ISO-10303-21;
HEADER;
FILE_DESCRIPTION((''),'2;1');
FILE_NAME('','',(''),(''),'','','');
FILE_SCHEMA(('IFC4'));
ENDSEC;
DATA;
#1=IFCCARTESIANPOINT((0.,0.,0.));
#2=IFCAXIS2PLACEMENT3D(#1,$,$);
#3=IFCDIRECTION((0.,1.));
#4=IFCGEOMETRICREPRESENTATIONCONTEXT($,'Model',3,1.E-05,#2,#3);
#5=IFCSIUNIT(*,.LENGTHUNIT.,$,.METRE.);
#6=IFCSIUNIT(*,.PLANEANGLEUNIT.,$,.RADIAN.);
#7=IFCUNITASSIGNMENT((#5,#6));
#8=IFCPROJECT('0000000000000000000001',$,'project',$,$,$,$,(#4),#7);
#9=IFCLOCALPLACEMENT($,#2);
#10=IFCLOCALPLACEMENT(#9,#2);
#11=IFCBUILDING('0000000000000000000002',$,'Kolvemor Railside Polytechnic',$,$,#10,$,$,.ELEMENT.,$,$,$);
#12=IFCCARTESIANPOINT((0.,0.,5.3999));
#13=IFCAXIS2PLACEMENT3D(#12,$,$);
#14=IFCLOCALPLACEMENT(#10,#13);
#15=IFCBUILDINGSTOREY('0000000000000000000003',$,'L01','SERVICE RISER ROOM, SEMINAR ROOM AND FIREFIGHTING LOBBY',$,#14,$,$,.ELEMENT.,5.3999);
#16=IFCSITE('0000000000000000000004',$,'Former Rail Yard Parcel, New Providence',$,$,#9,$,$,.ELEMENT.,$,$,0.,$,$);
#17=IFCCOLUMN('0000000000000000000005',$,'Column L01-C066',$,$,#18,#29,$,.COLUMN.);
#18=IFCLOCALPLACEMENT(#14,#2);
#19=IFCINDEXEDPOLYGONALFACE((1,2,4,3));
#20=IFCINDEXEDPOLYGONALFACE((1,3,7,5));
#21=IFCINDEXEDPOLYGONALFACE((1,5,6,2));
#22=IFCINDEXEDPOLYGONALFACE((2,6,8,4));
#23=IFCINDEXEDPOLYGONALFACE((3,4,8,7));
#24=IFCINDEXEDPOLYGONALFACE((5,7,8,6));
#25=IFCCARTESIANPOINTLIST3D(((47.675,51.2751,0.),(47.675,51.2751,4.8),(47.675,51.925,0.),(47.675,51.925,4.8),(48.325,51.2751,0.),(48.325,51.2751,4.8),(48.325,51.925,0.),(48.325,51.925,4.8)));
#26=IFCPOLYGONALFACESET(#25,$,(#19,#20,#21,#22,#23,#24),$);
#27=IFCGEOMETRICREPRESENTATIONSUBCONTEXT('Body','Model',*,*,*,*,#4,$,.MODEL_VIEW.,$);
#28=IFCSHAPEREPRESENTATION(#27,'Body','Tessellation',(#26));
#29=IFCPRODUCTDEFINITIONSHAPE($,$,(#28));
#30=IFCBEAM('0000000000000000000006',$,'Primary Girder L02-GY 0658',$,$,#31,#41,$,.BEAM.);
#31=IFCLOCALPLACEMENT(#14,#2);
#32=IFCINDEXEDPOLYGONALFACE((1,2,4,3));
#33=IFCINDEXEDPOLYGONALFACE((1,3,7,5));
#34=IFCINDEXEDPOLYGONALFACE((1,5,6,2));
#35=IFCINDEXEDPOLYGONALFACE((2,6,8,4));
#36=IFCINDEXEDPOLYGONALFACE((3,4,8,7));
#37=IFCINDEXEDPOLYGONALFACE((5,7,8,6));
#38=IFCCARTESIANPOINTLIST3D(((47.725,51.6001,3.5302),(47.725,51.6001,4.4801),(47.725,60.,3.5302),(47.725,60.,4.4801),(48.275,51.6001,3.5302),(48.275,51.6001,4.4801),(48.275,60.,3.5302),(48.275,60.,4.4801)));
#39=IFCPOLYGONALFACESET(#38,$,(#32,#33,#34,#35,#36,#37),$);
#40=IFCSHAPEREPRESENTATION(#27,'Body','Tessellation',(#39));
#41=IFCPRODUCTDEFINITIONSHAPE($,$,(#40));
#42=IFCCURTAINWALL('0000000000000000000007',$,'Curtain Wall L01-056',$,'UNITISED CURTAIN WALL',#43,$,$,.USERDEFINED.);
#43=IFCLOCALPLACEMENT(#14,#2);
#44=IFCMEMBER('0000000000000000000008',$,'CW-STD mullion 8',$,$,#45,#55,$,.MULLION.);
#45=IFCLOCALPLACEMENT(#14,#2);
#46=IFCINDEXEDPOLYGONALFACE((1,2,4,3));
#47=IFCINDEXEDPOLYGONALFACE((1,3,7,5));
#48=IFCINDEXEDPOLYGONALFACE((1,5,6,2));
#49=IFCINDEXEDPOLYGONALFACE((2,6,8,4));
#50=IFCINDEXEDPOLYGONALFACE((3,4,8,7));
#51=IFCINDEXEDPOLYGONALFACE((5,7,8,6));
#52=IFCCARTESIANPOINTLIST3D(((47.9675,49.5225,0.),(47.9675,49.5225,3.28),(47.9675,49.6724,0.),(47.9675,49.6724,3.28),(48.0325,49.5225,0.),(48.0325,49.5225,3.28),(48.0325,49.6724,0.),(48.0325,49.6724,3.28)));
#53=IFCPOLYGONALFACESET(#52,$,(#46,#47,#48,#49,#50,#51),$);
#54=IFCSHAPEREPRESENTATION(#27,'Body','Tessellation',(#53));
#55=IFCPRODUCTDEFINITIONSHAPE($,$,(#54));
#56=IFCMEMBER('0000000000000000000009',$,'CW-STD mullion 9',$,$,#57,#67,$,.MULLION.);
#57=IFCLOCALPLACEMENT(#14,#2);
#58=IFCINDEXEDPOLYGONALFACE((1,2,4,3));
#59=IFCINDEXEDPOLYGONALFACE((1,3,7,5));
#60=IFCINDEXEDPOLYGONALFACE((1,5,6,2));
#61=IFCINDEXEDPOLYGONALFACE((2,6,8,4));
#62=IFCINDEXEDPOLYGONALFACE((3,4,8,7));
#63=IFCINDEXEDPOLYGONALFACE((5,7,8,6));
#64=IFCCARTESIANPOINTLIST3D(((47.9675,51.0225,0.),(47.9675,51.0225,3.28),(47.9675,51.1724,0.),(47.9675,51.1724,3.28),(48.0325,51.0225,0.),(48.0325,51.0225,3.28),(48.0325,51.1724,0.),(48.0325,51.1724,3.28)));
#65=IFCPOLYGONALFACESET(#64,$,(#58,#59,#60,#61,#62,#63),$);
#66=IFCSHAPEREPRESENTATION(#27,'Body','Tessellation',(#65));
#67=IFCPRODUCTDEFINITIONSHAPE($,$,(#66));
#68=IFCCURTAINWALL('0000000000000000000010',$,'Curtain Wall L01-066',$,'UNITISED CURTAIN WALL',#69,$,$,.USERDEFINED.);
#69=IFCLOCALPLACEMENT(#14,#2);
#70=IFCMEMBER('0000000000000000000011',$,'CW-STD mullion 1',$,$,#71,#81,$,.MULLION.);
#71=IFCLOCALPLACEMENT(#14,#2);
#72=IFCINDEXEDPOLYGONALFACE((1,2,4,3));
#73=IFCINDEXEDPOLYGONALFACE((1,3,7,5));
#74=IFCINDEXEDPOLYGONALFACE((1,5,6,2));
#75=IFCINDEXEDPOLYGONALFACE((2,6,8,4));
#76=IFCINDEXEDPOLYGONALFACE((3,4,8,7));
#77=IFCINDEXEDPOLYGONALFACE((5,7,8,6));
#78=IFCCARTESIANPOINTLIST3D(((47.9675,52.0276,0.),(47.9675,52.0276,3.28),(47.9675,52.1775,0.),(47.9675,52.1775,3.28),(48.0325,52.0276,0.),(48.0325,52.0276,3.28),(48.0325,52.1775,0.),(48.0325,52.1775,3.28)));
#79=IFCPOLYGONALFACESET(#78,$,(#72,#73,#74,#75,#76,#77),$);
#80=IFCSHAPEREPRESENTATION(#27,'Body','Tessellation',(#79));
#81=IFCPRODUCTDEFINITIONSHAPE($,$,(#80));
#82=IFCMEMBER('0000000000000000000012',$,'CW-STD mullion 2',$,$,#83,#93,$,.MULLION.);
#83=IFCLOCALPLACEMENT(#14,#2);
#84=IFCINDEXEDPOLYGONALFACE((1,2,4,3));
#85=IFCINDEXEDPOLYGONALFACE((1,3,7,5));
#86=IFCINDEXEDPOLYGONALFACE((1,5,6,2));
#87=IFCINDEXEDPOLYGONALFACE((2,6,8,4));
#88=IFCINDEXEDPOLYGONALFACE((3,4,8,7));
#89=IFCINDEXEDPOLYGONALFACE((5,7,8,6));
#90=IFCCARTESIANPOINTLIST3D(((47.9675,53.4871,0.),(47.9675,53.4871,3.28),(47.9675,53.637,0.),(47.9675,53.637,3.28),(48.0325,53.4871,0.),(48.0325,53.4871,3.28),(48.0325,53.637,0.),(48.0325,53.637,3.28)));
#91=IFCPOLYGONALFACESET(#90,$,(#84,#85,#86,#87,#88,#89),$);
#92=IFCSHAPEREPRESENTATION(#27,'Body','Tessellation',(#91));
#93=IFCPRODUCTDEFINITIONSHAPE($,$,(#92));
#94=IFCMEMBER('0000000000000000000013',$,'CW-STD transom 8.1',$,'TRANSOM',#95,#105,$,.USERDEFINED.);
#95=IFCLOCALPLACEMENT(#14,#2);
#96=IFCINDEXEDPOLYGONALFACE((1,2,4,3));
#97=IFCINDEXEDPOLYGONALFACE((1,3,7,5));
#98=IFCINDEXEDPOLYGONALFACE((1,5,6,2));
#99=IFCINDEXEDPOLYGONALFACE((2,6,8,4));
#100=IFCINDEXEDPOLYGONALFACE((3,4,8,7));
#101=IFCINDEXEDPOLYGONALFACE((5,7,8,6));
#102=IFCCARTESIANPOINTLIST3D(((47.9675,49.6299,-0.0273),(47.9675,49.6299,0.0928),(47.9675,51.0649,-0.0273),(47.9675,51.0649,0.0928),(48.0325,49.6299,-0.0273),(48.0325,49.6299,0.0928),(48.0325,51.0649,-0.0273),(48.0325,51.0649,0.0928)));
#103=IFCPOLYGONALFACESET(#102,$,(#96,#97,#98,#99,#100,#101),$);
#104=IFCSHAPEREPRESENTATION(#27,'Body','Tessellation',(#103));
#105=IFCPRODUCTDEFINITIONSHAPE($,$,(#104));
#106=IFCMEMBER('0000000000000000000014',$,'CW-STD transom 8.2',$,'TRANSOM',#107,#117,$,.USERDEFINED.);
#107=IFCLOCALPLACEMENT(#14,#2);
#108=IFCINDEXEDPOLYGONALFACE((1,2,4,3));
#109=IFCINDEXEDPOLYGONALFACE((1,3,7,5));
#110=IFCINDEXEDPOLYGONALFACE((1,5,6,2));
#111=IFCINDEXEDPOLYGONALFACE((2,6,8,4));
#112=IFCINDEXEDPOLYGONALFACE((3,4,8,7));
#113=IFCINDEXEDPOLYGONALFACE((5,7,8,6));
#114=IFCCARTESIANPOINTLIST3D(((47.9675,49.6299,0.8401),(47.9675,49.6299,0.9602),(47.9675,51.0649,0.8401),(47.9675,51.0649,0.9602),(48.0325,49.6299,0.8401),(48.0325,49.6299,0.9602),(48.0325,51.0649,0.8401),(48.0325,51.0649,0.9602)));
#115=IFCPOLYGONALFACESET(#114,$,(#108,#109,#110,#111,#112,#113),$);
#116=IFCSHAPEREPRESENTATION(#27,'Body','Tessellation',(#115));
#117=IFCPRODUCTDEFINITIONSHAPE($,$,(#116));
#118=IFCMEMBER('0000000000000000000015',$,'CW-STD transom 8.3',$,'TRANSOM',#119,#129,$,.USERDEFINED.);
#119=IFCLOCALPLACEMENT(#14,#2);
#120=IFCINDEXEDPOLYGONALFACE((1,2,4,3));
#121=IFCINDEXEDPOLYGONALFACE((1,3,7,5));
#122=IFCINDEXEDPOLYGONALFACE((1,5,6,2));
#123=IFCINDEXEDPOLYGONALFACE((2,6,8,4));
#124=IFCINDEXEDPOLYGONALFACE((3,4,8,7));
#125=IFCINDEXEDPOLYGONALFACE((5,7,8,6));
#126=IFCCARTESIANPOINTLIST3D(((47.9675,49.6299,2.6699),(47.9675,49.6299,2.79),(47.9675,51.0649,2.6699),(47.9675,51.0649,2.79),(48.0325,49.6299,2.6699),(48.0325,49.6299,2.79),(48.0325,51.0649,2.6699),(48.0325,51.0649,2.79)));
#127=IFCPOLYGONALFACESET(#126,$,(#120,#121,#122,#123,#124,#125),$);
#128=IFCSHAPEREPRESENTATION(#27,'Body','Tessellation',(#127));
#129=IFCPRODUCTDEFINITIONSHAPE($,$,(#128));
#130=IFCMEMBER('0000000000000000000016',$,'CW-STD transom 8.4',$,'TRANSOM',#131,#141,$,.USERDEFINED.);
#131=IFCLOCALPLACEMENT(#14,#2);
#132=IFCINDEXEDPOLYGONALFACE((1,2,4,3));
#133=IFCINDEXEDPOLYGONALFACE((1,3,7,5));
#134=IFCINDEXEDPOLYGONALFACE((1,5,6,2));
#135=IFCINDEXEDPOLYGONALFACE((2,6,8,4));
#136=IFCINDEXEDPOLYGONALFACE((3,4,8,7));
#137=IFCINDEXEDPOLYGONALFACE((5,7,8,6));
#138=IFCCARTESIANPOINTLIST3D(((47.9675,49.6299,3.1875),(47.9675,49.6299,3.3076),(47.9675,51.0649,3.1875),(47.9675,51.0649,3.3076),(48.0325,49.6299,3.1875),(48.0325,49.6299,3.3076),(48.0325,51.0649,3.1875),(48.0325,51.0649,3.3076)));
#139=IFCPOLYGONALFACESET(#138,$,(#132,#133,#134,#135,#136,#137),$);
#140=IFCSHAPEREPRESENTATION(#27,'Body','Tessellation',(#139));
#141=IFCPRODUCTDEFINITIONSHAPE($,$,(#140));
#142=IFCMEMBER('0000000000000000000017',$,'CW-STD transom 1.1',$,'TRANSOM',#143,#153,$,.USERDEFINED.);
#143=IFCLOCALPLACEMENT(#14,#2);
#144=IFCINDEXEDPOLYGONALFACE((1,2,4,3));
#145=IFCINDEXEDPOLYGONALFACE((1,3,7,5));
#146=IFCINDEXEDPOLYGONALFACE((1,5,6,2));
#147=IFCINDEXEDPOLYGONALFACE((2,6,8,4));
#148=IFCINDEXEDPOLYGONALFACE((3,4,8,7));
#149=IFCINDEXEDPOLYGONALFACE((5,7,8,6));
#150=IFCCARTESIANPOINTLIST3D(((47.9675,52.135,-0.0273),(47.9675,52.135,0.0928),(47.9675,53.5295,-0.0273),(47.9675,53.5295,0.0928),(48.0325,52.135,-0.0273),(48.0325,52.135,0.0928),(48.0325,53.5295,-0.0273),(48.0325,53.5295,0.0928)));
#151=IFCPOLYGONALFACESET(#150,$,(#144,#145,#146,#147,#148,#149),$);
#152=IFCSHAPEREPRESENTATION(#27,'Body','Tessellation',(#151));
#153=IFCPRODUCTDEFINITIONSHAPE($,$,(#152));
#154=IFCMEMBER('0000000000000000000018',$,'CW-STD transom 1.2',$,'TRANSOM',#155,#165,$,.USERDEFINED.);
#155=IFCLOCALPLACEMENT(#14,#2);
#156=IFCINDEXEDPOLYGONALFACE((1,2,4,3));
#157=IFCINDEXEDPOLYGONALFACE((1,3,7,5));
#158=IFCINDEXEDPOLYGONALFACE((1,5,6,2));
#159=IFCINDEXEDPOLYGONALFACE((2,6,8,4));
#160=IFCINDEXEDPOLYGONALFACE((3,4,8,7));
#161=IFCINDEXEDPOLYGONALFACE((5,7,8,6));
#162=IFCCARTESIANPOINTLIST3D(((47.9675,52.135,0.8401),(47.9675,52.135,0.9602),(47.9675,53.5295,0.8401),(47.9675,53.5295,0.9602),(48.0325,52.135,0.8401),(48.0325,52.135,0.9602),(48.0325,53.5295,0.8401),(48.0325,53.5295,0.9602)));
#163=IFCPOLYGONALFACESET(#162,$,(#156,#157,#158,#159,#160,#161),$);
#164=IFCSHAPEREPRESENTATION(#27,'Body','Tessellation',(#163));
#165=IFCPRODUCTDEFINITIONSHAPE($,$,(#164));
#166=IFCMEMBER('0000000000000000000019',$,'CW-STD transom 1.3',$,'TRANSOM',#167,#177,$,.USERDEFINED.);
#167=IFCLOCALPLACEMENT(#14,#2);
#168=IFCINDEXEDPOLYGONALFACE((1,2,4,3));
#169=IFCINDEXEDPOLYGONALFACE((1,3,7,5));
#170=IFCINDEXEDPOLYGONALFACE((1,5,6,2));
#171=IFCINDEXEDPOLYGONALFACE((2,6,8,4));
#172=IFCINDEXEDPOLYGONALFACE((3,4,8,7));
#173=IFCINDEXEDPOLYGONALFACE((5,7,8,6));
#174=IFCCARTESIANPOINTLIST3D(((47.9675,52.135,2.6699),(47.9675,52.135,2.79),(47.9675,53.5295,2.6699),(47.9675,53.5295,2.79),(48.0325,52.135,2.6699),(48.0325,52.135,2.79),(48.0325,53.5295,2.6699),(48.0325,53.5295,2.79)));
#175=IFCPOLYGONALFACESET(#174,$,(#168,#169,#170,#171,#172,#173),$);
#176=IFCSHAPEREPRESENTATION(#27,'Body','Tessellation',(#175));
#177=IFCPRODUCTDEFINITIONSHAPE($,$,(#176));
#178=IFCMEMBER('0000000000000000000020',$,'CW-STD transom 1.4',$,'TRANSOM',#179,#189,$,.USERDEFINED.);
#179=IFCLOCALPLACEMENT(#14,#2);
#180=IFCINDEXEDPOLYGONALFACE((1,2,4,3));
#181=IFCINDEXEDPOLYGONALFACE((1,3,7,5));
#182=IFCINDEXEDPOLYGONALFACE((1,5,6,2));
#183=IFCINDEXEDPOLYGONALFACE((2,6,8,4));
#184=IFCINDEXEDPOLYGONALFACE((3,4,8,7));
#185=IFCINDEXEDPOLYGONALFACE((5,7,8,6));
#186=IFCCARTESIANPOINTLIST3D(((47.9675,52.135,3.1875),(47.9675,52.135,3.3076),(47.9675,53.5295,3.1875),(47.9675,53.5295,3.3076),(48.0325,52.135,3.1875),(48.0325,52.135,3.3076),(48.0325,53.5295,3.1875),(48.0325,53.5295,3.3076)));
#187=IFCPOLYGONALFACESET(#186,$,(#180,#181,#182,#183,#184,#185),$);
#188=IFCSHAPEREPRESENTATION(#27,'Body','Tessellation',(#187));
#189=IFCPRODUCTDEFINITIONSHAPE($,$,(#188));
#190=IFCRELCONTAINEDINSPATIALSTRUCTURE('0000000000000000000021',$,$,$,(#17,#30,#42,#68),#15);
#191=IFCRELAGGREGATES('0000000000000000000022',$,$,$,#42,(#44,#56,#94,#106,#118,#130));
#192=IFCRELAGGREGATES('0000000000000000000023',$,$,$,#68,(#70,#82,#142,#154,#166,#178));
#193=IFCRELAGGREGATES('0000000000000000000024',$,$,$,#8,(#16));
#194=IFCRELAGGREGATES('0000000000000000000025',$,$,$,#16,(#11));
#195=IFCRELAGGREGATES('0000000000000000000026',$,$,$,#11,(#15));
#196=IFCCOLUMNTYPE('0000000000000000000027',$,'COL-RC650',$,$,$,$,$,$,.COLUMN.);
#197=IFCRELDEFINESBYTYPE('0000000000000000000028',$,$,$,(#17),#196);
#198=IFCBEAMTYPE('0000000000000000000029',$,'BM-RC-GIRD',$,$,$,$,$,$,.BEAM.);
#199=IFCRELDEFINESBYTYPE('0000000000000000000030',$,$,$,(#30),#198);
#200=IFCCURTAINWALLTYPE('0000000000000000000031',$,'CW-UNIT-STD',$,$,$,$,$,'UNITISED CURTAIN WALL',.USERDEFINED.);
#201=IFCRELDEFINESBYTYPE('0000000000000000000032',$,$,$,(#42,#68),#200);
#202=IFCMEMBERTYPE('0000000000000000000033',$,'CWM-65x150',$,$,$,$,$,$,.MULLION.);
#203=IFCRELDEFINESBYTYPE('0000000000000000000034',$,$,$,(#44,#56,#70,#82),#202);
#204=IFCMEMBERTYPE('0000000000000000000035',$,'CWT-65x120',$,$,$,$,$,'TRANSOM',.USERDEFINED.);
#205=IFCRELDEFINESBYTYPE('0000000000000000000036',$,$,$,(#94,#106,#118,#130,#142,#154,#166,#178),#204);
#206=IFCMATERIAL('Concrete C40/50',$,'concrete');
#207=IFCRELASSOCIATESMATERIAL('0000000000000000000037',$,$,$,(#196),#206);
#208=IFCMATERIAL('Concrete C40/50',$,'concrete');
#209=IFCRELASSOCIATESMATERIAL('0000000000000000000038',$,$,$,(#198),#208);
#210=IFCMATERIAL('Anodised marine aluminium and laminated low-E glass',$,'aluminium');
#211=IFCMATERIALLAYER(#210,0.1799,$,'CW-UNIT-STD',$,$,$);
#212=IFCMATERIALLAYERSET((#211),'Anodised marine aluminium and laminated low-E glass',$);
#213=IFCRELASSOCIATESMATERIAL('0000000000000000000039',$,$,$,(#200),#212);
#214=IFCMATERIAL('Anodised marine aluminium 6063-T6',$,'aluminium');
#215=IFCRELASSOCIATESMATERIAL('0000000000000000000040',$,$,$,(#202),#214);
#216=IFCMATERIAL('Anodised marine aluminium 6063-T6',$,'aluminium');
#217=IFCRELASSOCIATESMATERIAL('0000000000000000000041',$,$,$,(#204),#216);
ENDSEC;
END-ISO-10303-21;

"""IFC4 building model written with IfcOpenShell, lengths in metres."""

from ifc_helpers import new_model, si_unit, direction, frame, origin, origin_2d, place, context, subcontext, project, spatial, rectangle, extrude, material, layer, layer_set, material_profile, profile_set, type_object, element, aggregate, save


model = new_model("IFC4")

# Units and contexts
model_context = context("Model", 3, precision=1e-05, world=origin(), true_north=direction((0.0, 1.0)))
body_context = subcontext(model_context, "Body", "Model", "MODEL_VIEW")
ifc_project = project(units=[si_unit("LENGTHUNIT", "METRE"), si_unit("PLANEANGLEUNIT", "RADIAN")], contexts=[model_context])

# Site, building, storey
site_placement = place(None, origin())
site = spatial("IfcSite", under=ifc_project, at=site_placement, Name="Former Rail Yard Parcel, New Providence", CompositionType="ELEMENT", RefElevation=0.0)
building_placement = place(site_placement, origin())
building = spatial("IfcBuilding", under=site, at=building_placement, Name="Kolvemor Railside Polytechnic", CompositionType="ELEMENT")
storey_placement = place(building_placement, frame((0.0, 0.0, 5.3999)))
storey = spatial("IfcBuildingStorey", under=building, at=storey_placement, Name="L01", Description="SERVICE RISER ROOM, SEMINAR ROOM AND FIREFIGHTING LOBBY", CompositionType="ELEMENT", Elevation=5.3999)

# Column
ifc_material_1 = material(Name="Concrete C40/50", Category="concrete")
ifc_material_profile_1 = material_profile(ifc_material_1, rectangle(XDim=0.6499, YDim=0.6499, at=origin_2d()), Name="RC650x650")
ifc_profile_set_1 = profile_set([ifc_material_profile_1], Name="Concrete C40/50")
column_type = type_object("IfcColumnType", Name="COL-RC650", PredefinedType="COLUMN", material=ifc_profile_set_1)
column_placement = place(storey_placement, frame((48.0, 51.6001, 0.0), z_axis=(0.0, 0.0, 1.0), x_axis=(1.0, 0.0, 0.0)))
element("IfcColumn", 1, at=column_placement, inside=storey, type_object=column_type, Name="Column L01-C066", PredefinedType="COLUMN", context=body_context, shape_type="SweptSolid", body=[
    extrude(rectangle(XDim=0.6499, YDim=0.6499, at=origin_2d()), origin(), (0.0, 0.0, 1.0), 4.8),
])

# Beam
ifc_material_2 = material(Name="Concrete C40/50", Category="concrete")
ifc_material_profile_2 = material_profile(ifc_material_2, rectangle(XDim=0.55, YDim=0.95, at=origin_2d()), Name="RC550x950")
ifc_profile_set_2 = profile_set([ifc_material_profile_2], Name="Concrete C40/50")
beam_type = type_object("IfcBeamType", Name="BM-RC-GIRD", PredefinedType="BEAM", material=ifc_profile_set_2)
beam_placement = place(storey_placement, frame((48.0, 51.6001, 4.0051), z_axis=(0.0, 1.0, 0.0), x_axis=(-1.0, 0.0, 0.0)))
element("IfcBeam", 2, at=beam_placement, inside=storey, type_object=beam_type, Name="Primary Girder L02-GY 0658", PredefinedType="BEAM", context=body_context, shape_type="SweptSolid", body=[
    extrude(rectangle(XDim=0.55, YDim=0.95, at=origin_2d()), origin(), (0.0, 0.0, 1.0), 8.3999),
])

# Curtain walls, members
ifc_material_3 = material(Name="Anodised marine aluminium and laminated low-E glass", Category="aluminium")
ifc_layer_1 = layer(ifc_material_3, 0.1799, Name="CW-UNIT-STD")
ifc_layer_set_1 = layer_set([ifc_layer_1], Name="Anodised marine aluminium and laminated low-E glass")
curtain_wall_type = type_object("IfcCurtainWallType", Name="CW-UNIT-STD", ElementType="UNITISED CURTAIN WALL", PredefinedType="USERDEFINED", material=ifc_layer_set_1)
curtain_wall_1_placement = place(storey_placement, origin())
curtain_wall_1 = element("IfcCurtainWall", 3, at=curtain_wall_1_placement, inside=storey, type_object=curtain_wall_type, Name="Curtain Wall L01-056", ObjectType="UNITISED CURTAIN WALL", PredefinedType="USERDEFINED")
ifc_material_4 = material(Name="Anodised marine aluminium 6063-T6", Category="aluminium")
ifc_material_profile_3 = material_profile(ifc_material_4, rectangle(XDim=0.0649, YDim=0.1499, at=origin_2d()), Name="CW-MUL-65x150")
ifc_profile_set_3 = profile_set([ifc_material_profile_3], Name="Anodised marine aluminium 6063-T6")
member_type_1 = type_object("IfcMemberType", Name="CWM-65x150", PredefinedType="MULLION", material=ifc_profile_set_3)
member_1_placement = place(storey_placement, frame((48.0, 49.5974, 0.0), z_axis=(0.0, 0.0, 1.0), x_axis=(-1.0, 0.0, 0.0)))
member_1 = element("IfcMember", 4, at=member_1_placement, type_object=member_type_1, Name="CW-STD mullion 8", PredefinedType="MULLION", context=body_context, shape_type="SweptSolid", body=[
    extrude(rectangle(XDim=0.0649, YDim=0.1499, at=origin_2d()), origin(), (0.0, 0.0, 1.0), 3.28),
])
member_2_placement = place(storey_placement, frame((48.0, 51.0974, 0.0), z_axis=(0.0, 0.0, 1.0), x_axis=(-1.0, 0.0, 0.0)))
member_2 = element("IfcMember", 5, at=member_2_placement, type_object=member_type_1, Name="CW-STD mullion 9", PredefinedType="MULLION", context=body_context, shape_type="SweptSolid", body=[
    extrude(rectangle(XDim=0.0649, YDim=0.1499, at=origin_2d()), origin(), (0.0, 0.0, 1.0), 3.28),
])
curtain_wall_2_placement = place(storey_placement, origin())
curtain_wall_2 = element("IfcCurtainWall", 6, at=curtain_wall_2_placement, inside=storey, type_object=curtain_wall_type, Name="Curtain Wall L01-066", ObjectType="UNITISED CURTAIN WALL", PredefinedType="USERDEFINED")
member_3_placement = place(storey_placement, frame((48.0, 52.1025, 0.0), z_axis=(0.0, 0.0, 1.0), x_axis=(-1.0, 0.0, 0.0)))
member_3 = element("IfcMember", 7, at=member_3_placement, type_object=member_type_1, Name="CW-STD mullion 1", PredefinedType="MULLION", context=body_context, shape_type="SweptSolid", body=[
    extrude(rectangle(XDim=0.0649, YDim=0.1499, at=origin_2d()), origin(), (0.0, 0.0, 1.0), 3.28),
])
member_4_placement = place(storey_placement, frame((48.0, 53.562, 0.0), z_axis=(0.0, 0.0, 1.0), x_axis=(-1.0, 0.0, 0.0)))
member_4 = element("IfcMember", 8, at=member_4_placement, type_object=member_type_1, Name="CW-STD mullion 2", PredefinedType="MULLION", context=body_context, shape_type="SweptSolid", body=[
    extrude(rectangle(XDim=0.0649, YDim=0.1499, at=origin_2d()), origin(), (0.0, 0.0, 1.0), 3.28),
])

# Members
ifc_material_5 = material(Name="Anodised marine aluminium 6063-T6", Category="aluminium")
ifc_material_profile_4 = material_profile(ifc_material_5, rectangle(XDim=0.0649, YDim=0.1201, at=origin_2d()), Name="CW-TRN-65x120")
ifc_profile_set_4 = profile_set([ifc_material_profile_4], Name="Anodised marine aluminium 6063-T6")
member_type_2 = type_object("IfcMemberType", Name="CWT-65x120", ElementType="TRANSOM", PredefinedType="USERDEFINED", material=ifc_profile_set_4)
member_5_placement = place(storey_placement, frame((48.0, 49.6299, 0.0327), z_axis=(0.0, 1.0, 0.0), x_axis=(-1.0, 0.0, 0.0)))
member_5 = element("IfcMember", 9, at=member_5_placement, type_object=member_type_2, Name="CW-STD transom 8.1", ObjectType="TRANSOM", PredefinedType="USERDEFINED", context=body_context, shape_type="SweptSolid", body=[
    extrude(rectangle(XDim=0.0649, YDim=0.1201, at=origin_2d()), origin(), (0.0, 0.0, 1.0), 1.4351),
])
member_6_placement = place(storey_placement, frame((48.0, 49.6299, 0.9001), z_axis=(0.0, 1.0, 0.0), x_axis=(-1.0, 0.0, 0.0)))
member_6 = element("IfcMember", 10, at=member_6_placement, type_object=member_type_2, Name="CW-STD transom 8.2", ObjectType="TRANSOM", PredefinedType="USERDEFINED", context=body_context, shape_type="SweptSolid", body=[
    extrude(rectangle(XDim=0.0649, YDim=0.1201, at=origin_2d()), origin(), (0.0, 0.0, 1.0), 1.4351),
])
member_7_placement = place(storey_placement, frame((48.0, 49.6299, 2.73), z_axis=(0.0, 1.0, 0.0), x_axis=(-1.0, 0.0, 0.0)))
member_7 = element("IfcMember", 11, at=member_7_placement, type_object=member_type_2, Name="CW-STD transom 8.3", ObjectType="TRANSOM", PredefinedType="USERDEFINED", context=body_context, shape_type="SweptSolid", body=[
    extrude(rectangle(XDim=0.0649, YDim=0.1201, at=origin_2d()), origin(), (0.0, 0.0, 1.0), 1.4351),
])
member_8_placement = place(storey_placement, frame((48.0, 49.6299, 3.2476), z_axis=(0.0, 1.0, 0.0), x_axis=(-1.0, 0.0, 0.0)))
member_8 = element("IfcMember", 12, at=member_8_placement, type_object=member_type_2, Name="CW-STD transom 8.4", ObjectType="TRANSOM", PredefinedType="USERDEFINED", context=body_context, shape_type="SweptSolid", body=[
    extrude(rectangle(XDim=0.0649, YDim=0.1201, at=origin_2d()), origin(), (0.0, 0.0, 1.0), 1.4351),
])
member_9_placement = place(storey_placement, frame((48.0, 52.135, 0.0327), z_axis=(0.0, 1.0, 0.0), x_axis=(-1.0, 0.0, 0.0)))
member_9 = element("IfcMember", 13, at=member_9_placement, type_object=member_type_2, Name="CW-STD transom 1.1", ObjectType="TRANSOM", PredefinedType="USERDEFINED", context=body_context, shape_type="SweptSolid", body=[
    extrude(rectangle(XDim=0.0649, YDim=0.1201, at=origin_2d()), origin(), (0.0, 0.0, 1.0), 1.3945),
])
member_10_placement = place(storey_placement, frame((48.0, 52.135, 0.9001), z_axis=(0.0, 1.0, 0.0), x_axis=(-1.0, 0.0, 0.0)))
member_10 = element("IfcMember", 14, at=member_10_placement, type_object=member_type_2, Name="CW-STD transom 1.2", ObjectType="TRANSOM", PredefinedType="USERDEFINED", context=body_context, shape_type="SweptSolid", body=[
    extrude(rectangle(XDim=0.0649, YDim=0.1201, at=origin_2d()), origin(), (0.0, 0.0, 1.0), 1.3945),
])
member_11_placement = place(storey_placement, frame((48.0, 52.135, 2.73), z_axis=(0.0, 1.0, 0.0), x_axis=(-1.0, 0.0, 0.0)))
member_11 = element("IfcMember", 15, at=member_11_placement, type_object=member_type_2, Name="CW-STD transom 1.3", ObjectType="TRANSOM", PredefinedType="USERDEFINED", context=body_context, shape_type="SweptSolid", body=[
    extrude(rectangle(XDim=0.0649, YDim=0.1201, at=origin_2d()), origin(), (0.0, 0.0, 1.0), 1.3945),
])
member_12_placement = place(storey_placement, frame((48.0, 52.135, 3.2476), z_axis=(0.0, 1.0, 0.0), x_axis=(-1.0, 0.0, 0.0)))
member_12 = element("IfcMember", 16, at=member_12_placement, type_object=member_type_2, Name="CW-STD transom 1.4", ObjectType="TRANSOM", PredefinedType="USERDEFINED", context=body_context, shape_type="SweptSolid", body=[
    extrude(rectangle(XDim=0.0649, YDim=0.1201, at=origin_2d()), origin(), (0.0, 0.0, 1.0), 1.3945),
])

aggregate(curtain_wall_1, [member_1, member_2, member_5, member_6, member_7, member_8])
aggregate(curtain_wall_2, [member_3, member_4, member_9, member_10, member_11, member_12])

save(model, "model.ifc")
